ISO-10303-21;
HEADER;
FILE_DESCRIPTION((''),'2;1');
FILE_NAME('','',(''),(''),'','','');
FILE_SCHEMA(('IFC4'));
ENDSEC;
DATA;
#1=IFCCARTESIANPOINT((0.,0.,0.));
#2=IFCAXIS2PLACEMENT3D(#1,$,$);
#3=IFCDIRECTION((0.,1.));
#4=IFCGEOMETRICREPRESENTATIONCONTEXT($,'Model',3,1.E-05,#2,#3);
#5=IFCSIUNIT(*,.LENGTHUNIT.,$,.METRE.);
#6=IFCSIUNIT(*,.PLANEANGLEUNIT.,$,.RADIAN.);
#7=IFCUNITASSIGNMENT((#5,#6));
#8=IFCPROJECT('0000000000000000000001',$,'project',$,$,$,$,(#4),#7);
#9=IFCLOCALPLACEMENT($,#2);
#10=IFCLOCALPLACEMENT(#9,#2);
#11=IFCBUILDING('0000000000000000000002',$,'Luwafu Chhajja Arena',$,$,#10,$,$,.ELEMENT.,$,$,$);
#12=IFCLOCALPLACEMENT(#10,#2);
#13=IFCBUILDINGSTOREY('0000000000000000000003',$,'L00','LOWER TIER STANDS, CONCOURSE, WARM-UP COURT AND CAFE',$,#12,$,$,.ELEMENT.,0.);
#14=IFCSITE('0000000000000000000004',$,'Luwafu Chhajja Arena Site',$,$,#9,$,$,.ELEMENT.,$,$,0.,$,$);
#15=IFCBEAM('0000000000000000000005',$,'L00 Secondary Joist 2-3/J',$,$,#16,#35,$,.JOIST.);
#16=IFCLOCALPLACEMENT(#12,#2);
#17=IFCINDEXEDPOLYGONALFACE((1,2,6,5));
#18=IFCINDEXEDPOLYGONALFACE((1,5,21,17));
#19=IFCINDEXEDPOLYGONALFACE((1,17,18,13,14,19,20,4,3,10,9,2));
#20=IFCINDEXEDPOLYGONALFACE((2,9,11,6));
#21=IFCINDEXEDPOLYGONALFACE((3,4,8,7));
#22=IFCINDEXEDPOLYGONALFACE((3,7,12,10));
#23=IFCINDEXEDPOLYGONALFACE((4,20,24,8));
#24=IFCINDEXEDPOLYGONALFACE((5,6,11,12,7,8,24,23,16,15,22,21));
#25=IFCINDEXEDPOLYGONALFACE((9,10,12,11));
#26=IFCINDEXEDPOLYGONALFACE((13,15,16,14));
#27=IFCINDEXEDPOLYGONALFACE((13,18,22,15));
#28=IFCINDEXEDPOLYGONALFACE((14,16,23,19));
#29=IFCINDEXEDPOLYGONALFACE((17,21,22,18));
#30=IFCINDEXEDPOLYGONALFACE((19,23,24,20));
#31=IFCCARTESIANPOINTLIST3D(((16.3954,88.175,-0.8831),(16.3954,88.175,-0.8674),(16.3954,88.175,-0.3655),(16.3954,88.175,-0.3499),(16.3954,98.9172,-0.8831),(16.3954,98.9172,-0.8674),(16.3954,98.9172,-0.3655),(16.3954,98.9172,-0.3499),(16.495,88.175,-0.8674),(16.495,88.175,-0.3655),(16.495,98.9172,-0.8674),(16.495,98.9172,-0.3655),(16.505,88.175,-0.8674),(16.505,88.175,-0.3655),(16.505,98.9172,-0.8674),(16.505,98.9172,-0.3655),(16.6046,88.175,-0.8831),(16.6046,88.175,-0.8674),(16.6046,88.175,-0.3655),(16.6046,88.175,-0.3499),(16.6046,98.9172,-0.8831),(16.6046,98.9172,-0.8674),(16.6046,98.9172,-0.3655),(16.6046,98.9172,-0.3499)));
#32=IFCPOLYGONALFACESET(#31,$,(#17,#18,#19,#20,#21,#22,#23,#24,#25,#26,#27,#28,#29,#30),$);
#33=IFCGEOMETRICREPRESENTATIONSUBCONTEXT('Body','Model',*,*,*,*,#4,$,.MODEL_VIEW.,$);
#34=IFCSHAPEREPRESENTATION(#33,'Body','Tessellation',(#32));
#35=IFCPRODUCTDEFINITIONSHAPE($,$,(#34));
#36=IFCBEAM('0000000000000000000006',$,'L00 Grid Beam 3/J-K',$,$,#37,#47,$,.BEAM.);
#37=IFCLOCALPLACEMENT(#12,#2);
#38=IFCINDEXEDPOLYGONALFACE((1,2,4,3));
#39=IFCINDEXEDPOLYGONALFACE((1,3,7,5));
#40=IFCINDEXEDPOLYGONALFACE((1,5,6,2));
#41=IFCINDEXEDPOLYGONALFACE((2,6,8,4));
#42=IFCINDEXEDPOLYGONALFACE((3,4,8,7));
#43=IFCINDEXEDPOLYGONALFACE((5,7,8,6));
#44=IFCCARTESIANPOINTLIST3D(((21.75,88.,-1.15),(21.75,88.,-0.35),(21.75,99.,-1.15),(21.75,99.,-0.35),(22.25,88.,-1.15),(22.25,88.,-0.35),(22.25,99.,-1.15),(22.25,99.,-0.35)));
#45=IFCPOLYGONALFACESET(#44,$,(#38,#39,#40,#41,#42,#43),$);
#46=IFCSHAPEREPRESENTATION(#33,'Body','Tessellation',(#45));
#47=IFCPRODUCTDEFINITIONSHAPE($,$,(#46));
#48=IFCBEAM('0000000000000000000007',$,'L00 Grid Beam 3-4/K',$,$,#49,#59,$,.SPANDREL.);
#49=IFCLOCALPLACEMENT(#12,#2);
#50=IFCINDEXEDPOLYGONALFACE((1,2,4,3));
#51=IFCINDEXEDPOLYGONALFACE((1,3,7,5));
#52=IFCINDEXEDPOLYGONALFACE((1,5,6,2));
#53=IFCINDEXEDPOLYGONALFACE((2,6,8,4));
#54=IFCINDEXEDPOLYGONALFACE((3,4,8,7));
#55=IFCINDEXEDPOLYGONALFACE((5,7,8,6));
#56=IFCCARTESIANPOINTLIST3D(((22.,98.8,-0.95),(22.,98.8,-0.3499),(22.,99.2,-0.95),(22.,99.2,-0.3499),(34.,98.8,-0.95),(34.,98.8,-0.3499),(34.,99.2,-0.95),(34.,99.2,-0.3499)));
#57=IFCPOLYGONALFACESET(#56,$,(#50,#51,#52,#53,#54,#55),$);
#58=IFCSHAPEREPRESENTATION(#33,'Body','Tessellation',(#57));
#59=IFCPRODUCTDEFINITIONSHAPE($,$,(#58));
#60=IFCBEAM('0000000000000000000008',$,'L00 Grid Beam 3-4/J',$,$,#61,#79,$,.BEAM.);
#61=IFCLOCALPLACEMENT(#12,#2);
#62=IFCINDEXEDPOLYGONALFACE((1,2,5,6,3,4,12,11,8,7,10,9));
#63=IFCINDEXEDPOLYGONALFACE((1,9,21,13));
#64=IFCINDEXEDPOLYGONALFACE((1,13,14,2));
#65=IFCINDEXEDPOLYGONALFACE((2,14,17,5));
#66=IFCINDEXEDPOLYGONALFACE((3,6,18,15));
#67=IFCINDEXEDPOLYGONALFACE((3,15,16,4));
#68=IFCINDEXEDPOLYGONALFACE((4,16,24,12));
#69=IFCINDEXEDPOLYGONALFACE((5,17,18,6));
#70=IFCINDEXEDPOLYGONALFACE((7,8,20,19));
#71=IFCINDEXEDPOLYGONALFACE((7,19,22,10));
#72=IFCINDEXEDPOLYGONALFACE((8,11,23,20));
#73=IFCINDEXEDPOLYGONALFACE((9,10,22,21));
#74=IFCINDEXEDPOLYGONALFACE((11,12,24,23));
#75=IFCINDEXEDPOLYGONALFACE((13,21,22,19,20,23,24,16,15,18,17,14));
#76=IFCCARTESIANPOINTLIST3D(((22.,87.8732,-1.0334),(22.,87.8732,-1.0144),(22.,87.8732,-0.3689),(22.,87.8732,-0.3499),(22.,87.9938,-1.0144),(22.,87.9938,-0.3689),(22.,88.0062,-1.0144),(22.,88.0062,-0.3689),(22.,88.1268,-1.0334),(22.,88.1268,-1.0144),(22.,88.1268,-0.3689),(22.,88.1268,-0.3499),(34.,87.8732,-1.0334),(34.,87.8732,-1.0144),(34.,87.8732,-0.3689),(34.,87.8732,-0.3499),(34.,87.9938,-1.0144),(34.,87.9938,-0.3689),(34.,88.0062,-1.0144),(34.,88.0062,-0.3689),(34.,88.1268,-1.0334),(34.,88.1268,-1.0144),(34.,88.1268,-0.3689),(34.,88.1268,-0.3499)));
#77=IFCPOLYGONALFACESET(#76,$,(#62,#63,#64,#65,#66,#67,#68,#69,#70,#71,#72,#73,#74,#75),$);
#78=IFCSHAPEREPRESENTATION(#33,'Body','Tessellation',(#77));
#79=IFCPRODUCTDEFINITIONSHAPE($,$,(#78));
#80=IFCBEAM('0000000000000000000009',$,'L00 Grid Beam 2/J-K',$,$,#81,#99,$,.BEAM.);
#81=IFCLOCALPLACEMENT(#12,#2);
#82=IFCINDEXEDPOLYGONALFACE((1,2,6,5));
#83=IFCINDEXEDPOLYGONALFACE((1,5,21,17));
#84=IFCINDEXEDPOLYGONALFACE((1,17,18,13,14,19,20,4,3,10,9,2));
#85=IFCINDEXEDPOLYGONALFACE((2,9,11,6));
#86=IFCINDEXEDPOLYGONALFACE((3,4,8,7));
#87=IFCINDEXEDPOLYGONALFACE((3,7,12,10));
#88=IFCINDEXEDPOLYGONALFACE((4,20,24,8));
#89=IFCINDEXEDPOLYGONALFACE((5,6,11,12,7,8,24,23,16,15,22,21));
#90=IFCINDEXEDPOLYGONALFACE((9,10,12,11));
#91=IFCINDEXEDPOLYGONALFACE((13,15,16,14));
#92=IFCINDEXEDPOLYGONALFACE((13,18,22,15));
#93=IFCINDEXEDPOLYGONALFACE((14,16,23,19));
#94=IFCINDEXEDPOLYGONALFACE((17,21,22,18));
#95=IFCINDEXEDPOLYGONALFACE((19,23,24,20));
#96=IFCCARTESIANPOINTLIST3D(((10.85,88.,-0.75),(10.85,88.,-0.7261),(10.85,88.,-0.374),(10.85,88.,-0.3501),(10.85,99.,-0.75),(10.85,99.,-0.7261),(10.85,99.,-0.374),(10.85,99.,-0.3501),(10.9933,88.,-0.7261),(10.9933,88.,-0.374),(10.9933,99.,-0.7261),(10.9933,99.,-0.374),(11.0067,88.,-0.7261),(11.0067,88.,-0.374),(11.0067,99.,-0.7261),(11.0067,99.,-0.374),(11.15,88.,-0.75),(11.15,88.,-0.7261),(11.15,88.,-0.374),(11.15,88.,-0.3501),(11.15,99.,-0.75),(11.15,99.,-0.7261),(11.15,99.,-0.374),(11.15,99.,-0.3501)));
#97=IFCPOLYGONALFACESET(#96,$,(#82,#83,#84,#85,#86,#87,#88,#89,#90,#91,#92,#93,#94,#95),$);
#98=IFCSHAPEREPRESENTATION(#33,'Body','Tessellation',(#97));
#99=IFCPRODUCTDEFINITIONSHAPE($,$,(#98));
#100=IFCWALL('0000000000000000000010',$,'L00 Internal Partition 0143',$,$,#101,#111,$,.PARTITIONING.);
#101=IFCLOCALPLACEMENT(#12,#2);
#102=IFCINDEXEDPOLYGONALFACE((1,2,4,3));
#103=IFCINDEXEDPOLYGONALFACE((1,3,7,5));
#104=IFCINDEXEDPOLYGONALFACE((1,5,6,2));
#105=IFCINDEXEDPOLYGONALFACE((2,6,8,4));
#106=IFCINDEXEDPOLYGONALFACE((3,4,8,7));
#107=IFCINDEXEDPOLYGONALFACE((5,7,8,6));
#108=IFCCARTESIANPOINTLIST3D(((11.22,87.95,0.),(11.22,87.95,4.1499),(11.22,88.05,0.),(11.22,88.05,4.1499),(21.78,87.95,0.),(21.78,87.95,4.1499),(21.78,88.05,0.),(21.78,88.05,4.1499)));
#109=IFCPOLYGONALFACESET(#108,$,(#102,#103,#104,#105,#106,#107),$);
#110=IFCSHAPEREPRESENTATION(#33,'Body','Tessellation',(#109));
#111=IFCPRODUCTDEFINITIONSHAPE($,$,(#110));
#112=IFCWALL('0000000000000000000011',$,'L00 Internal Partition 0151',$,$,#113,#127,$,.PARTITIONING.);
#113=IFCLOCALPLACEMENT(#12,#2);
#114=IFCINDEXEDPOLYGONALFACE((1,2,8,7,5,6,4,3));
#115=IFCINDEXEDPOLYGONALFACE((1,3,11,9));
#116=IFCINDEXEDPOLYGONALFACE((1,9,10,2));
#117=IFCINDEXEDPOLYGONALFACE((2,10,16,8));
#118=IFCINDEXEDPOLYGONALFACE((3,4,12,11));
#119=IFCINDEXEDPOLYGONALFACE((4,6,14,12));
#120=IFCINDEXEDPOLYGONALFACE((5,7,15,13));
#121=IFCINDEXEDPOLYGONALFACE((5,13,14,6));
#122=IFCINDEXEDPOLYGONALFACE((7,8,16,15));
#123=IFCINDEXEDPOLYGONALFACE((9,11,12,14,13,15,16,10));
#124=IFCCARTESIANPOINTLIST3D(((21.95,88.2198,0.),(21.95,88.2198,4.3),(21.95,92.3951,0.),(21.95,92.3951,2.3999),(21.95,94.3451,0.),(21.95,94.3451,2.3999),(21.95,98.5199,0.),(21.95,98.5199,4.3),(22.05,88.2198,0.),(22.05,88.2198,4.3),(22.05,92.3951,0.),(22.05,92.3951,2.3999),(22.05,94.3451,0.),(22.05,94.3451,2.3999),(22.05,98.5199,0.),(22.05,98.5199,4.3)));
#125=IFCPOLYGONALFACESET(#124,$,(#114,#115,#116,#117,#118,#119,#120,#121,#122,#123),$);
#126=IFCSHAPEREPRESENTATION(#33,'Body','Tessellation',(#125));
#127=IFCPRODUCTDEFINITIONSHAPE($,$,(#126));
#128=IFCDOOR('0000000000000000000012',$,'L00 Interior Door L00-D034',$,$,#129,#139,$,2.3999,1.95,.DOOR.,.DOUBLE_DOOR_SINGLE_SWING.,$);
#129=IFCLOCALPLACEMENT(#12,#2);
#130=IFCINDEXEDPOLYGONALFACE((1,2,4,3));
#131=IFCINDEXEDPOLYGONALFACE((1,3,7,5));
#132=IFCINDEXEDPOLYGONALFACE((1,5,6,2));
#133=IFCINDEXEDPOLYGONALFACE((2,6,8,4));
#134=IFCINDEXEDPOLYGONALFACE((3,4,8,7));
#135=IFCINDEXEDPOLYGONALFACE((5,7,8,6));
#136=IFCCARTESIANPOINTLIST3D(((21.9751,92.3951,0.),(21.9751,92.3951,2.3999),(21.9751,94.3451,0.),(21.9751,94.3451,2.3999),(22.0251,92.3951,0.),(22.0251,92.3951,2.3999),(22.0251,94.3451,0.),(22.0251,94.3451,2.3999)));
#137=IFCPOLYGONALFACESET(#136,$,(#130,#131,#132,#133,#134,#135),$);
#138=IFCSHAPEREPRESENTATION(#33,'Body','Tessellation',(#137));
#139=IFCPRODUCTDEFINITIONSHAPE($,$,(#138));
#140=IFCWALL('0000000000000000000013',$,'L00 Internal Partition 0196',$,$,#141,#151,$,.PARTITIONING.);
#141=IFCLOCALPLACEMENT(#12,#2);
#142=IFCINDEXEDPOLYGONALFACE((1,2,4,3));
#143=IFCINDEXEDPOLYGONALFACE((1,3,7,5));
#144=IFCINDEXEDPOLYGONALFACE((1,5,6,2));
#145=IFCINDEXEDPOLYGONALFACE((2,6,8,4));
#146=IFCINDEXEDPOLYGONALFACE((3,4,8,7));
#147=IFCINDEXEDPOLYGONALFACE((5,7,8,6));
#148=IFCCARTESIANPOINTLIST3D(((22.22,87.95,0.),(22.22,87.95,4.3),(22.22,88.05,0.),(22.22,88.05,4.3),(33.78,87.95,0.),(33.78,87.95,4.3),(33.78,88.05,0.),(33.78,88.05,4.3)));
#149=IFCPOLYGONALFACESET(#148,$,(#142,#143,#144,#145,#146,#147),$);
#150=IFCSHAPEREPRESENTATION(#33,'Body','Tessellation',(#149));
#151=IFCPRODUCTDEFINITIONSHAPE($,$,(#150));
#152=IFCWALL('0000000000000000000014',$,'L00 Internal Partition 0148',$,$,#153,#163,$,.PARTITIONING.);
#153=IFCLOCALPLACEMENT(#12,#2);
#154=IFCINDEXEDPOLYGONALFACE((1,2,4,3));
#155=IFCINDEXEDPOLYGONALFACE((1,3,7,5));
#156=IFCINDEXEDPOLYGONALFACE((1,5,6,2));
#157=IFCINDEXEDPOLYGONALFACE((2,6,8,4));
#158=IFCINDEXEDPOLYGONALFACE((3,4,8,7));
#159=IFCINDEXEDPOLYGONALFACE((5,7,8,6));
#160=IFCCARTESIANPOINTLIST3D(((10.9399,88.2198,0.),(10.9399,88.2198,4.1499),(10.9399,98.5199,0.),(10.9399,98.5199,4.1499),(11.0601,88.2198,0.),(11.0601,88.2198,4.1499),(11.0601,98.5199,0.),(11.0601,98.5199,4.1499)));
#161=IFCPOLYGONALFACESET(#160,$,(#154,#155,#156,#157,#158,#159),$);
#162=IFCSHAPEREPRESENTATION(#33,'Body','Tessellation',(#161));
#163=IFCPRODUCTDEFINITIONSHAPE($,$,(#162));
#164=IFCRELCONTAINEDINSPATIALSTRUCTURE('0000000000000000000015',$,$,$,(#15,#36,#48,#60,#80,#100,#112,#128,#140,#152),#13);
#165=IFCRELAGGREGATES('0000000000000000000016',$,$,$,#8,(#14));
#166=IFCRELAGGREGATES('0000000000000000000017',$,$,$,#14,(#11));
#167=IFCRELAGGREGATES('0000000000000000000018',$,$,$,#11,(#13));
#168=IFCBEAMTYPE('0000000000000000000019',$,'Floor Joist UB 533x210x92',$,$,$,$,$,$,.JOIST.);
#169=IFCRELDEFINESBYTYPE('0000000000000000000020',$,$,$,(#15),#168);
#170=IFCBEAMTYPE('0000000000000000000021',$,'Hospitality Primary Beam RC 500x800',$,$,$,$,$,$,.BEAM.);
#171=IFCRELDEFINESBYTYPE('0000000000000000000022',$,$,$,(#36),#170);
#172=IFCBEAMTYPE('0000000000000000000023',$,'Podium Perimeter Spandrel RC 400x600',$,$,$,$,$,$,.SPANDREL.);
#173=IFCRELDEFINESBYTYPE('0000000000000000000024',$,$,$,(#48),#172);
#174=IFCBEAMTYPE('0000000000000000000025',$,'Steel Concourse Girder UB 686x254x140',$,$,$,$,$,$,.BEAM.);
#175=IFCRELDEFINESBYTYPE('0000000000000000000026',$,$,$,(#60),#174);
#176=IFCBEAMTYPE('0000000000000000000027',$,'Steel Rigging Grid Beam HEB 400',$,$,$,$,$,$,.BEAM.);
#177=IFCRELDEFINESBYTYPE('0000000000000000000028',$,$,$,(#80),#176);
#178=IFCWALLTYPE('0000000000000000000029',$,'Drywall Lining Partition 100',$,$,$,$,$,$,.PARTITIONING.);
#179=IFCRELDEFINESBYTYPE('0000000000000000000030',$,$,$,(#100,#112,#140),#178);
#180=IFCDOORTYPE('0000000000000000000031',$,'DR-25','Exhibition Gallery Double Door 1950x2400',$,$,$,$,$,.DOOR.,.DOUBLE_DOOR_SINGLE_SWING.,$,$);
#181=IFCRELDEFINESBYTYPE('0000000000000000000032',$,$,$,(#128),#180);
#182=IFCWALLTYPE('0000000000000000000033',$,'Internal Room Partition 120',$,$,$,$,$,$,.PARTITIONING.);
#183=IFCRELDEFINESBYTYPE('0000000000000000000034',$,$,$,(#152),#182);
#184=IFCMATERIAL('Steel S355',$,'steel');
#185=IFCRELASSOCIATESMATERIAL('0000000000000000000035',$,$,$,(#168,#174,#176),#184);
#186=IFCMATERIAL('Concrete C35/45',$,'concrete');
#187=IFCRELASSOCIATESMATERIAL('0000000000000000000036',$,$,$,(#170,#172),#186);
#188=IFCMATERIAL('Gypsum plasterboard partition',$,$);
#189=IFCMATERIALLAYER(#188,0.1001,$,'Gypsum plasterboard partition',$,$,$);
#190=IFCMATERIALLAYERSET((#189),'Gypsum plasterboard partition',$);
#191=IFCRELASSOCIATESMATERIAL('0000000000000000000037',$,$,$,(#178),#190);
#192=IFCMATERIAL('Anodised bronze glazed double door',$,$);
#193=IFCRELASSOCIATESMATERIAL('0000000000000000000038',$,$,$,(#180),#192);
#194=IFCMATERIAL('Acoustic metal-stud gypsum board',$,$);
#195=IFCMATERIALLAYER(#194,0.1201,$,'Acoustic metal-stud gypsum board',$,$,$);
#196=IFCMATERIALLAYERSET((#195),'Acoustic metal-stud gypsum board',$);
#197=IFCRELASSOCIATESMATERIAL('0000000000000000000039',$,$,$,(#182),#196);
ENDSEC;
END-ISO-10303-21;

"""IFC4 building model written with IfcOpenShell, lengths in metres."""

from ifc_helpers import new_model, si_unit, direction, frame, frame_2d, origin, origin_2d, place, context, subcontext, project, spatial, rectangle, i_section, extrude, material, layer, layer_set, material_profile, profile_set, type_object, element, fill, save


model = new_model("IFC4")

# Units and contexts
model_context = context("Model", 3, precision=1e-05, world=origin(), true_north=direction((0.0, 1.0)))
body_context = subcontext(model_context, "Body", "Model", "MODEL_VIEW")
ifc_project = project(units=[si_unit("LENGTHUNIT", "METRE"), si_unit("PLANEANGLEUNIT", "RADIAN")], contexts=[model_context])

# Site, building, storey
site_placement = place(None, origin())
site = spatial("IfcSite", under=ifc_project, at=site_placement, Name="Luwafu Chhajja Arena Site", CompositionType="ELEMENT", RefElevation=0.0)
building_placement = place(site_placement, origin())
building = spatial("IfcBuilding", under=site, at=building_placement, Name="Luwafu Chhajja Arena", CompositionType="ELEMENT")
storey_placement = place(building_placement, origin())
storey = spatial("IfcBuildingStorey", under=building, at=storey_placement, Name="L00", Description="LOWER TIER STANDS, CONCOURSE, WARM-UP COURT AND CAFE", CompositionType="ELEMENT", Elevation=0.0)

# Shared definitions
ifc_material_1 = material(Name="Concrete C35/45", Category="concrete")

# Beams
ifc_material_2 = material(Name="Steel S355", Category="steel")
ifc_material_profile_1 = material_profile(ifc_material_2, i_section(OverallWidth=0.2092, OverallDepth=0.5332, WebThickness=0.01, FlangeThickness=0.0156, at=origin_2d()), Name="UB 533x210x92")
ifc_profile_set_1 = profile_set([ifc_material_profile_1], Name="Steel S355")
beam_type_1 = type_object("IfcBeamType", Name="Floor Joist UB 533x210x92", PredefinedType="JOIST", material=ifc_profile_set_1)
beam_1_placement = place(storey_placement, frame((16.5, 88.175, -0.6165), z_axis=(0.0, 1.0, 0.0), x_axis=(-1.0, 0.0, 0.0)))
element("IfcBeam", 1, at=beam_1_placement, inside=storey, type_object=beam_type_1, Name="L00 Secondary Joist 2-3/J", PredefinedType="JOIST", context=body_context, shape_type="SweptSolid", body=[
    extrude(i_section(OverallWidth=0.2092, OverallDepth=0.5332, WebThickness=0.01, FlangeThickness=0.0156, at=origin_2d()), origin(), (0.0, 0.0, 1.0), 10.7422),
])
ifc_material_profile_2 = material_profile(ifc_material_1, rectangle(XDim=0.5, YDim=0.8, at=origin_2d()), Name="RC 500x800")
ifc_profile_set_2 = profile_set([ifc_material_profile_2], Name="Concrete C35/45")
beam_type_2 = type_object("IfcBeamType", Name="Hospitality Primary Beam RC 500x800", PredefinedType="BEAM", material=ifc_profile_set_2)
beam_2_placement = place(storey_placement, frame((22.0, 88.0, -0.75), z_axis=(0.0, 1.0, 0.0), x_axis=(-1.0, 0.0, 0.0)))
element("IfcBeam", 2, at=beam_2_placement, inside=storey, type_object=beam_type_2, Name="L00 Grid Beam 3/J-K", PredefinedType="BEAM", context=body_context, shape_type="SweptSolid", body=[
    extrude(rectangle(XDim=0.5, YDim=0.8, at=origin_2d()), origin(), (0.0, 0.0, 1.0), 11.0),
])
ifc_material_profile_3 = material_profile(ifc_material_1, rectangle(XDim=0.3999, YDim=0.6001, at=origin_2d()), Name="RC 400x600")
ifc_profile_set_3 = profile_set([ifc_material_profile_3], Name="Concrete C35/45")
beam_type_3 = type_object("IfcBeamType", Name="Podium Perimeter Spandrel RC 400x600", PredefinedType="SPANDREL", material=ifc_profile_set_3)
beam_3_placement = place(storey_placement, frame((22.0, 99.0, -0.6499), z_axis=(1.0, 0.0, 0.0), x_axis=(0.0, 1.0, 0.0)))
element("IfcBeam", 3, at=beam_3_placement, inside=storey, type_object=beam_type_3, Name="L00 Grid Beam 3-4/K", PredefinedType="SPANDREL", context=body_context, shape_type="SweptSolid", body=[
    extrude(rectangle(XDim=0.3999, YDim=0.6001, at=origin_2d()), origin(), (0.0, 0.0, 1.0), 12.0),
])
ifc_material_profile_4 = material_profile(ifc_material_2, i_section(OverallWidth=0.2537, OverallDepth=0.6836, WebThickness=0.0125, FlangeThickness=0.019, at=origin_2d()), Name="UB 686x254x140")
ifc_profile_set_4 = profile_set([ifc_material_profile_4], Name="Steel S355")
beam_type_4 = type_object("IfcBeamType", Name="Steel Concourse Girder UB 686x254x140", PredefinedType="BEAM", material=ifc_profile_set_4)
beam_4_placement = place(storey_placement, frame((22.0, 88.0, -0.6917), z_axis=(1.0, 0.0, 0.0), x_axis=(0.0, 1.0, 0.0)))
element("IfcBeam", 4, at=beam_4_placement, inside=storey, type_object=beam_type_4, Name="L00 Grid Beam 3-4/J", PredefinedType="BEAM", context=body_context, shape_type="SweptSolid", body=[
    extrude(i_section(OverallWidth=0.2537, OverallDepth=0.6836, WebThickness=0.0125, FlangeThickness=0.019, at=origin_2d()), origin(), (0.0, 0.0, 1.0), 12.0),
])
ifc_material_profile_5 = material_profile(ifc_material_2, i_section(OverallWidth=0.3, OverallDepth=0.3999, WebThickness=0.0134, FlangeThickness=0.0239, at=origin_2d()), Name="HEB 400")
ifc_profile_set_5 = profile_set([ifc_material_profile_5], Name="Steel S355")
beam_type_5 = type_object("IfcBeamType", Name="Steel Rigging Grid Beam HEB 400", PredefinedType="BEAM", material=ifc_profile_set_5)
beam_5_placement = place(storey_placement, frame((11.0, 88.0, -0.55), z_axis=(0.0, 1.0, 0.0), x_axis=(-1.0, 0.0, 0.0)))
element("IfcBeam", 5, at=beam_5_placement, inside=storey, type_object=beam_type_5, Name="L00 Grid Beam 2/J-K", PredefinedType="BEAM", context=body_context, shape_type="SweptSolid", body=[
    extrude(i_section(OverallWidth=0.3, OverallDepth=0.3999, WebThickness=0.0134, FlangeThickness=0.0239, at=origin_2d()), origin(), (0.0, 0.0, 1.0), 11.0),
])

# Wall
ifc_material_3 = material(Name="Gypsum plasterboard partition")
ifc_layer_1 = layer(ifc_material_3, 0.1001, Name="Gypsum plasterboard partition")
ifc_layer_set_1 = layer_set([ifc_layer_1], Name="Gypsum plasterboard partition")
wall_type_1 = type_object("IfcWallType", Name="Drywall Lining Partition 100", PredefinedType="PARTITIONING", material=ifc_layer_set_1)
wall_1_placement = place(storey_placement, frame((11.22, 88.0, 0.0), z_axis=(0.0, 0.0, 1.0), x_axis=(1.0, 0.0, 0.0)))
element("IfcWall", 6, at=wall_1_placement, inside=storey, type_object=wall_type_1, Name="L00 Internal Partition 0143", PredefinedType="PARTITIONING", context=body_context, shape_type="SweptSolid", body=[
    extrude(rectangle(XDim=10.5601, YDim=0.1001, at=frame_2d((5.28, 0.0))), origin(), (0.0, 0.0, 1.0), 4.1499),
])

# Wall, opening, door
wall_2_placement = place(storey_placement, frame((22.0, 88.22, 0.0), z_axis=(0.0, 0.0, 1.0), x_axis=(0.0, 1.0, 0.0)))
wall_2 = element("IfcWall", 7, at=wall_2_placement, inside=storey, type_object=wall_type_1, Name="L00 Internal Partition 0151", PredefinedType="PARTITIONING", context=body_context, shape_type="SweptSolid", body=[
    extrude(rectangle(XDim=10.3, YDim=0.1001, at=frame_2d((5.1499, 0.0))), origin(), (0.0, 0.0, 1.0), 4.3),
])
opening_1_placement = place(wall_2_placement, frame((4.175, 0.0, 0.0)))
opening_1 = element("IfcOpeningElement", 8, at=opening_1_placement, cuts=wall_2, PredefinedType="OPENING", context=body_context, shape_type="SweptSolid", body=[
    extrude(rectangle(XDim=1.95, YDim=2.3999, at=frame_2d((0.9751, 1.2))), frame((0.0, 0.0601, 0.0), z_axis=(0.0, -1.0, 0.0), x_axis=(1.0, 0.0, 0.0)), (0.0, 0.0, 1.0), 0.1201),
])
ifc_material_4 = material(Name="Anodised bronze glazed double door")
door_type_1 = type_object("IfcDoorType", Name="DR-25", Description="Exhibition Gallery Double Door 1950x2400", OperationType="DOUBLE_DOOR_SINGLE_SWING", PredefinedType="DOOR", material=ifc_material_4)
door_1_placement = place(opening_1_placement, origin())
door_1 = element("IfcDoor", 9, at=door_1_placement, inside=storey, type_object=door_type_1, Name="L00 Interior Door L00-D034", OperationType="DOUBLE_DOOR_SINGLE_SWING", OverallHeight=2.3999, OverallWidth=1.95, PredefinedType="DOOR", context=body_context, shape_type="SweptSolid", body=[
    extrude(rectangle(XDim=1.95, YDim=2.3999, at=frame_2d((0.9751, 1.2))), frame((0.0, 0.0249, 0.0), z_axis=(0.0, -1.0, 0.0), x_axis=(1.0, 0.0, 0.0)), (0.0, 0.0, 1.0), 0.05),
])
fill(opening_1, door_1)

# Walls
wall_3_placement = place(storey_placement, frame((22.22, 88.0, 0.0), z_axis=(0.0, 0.0, 1.0), x_axis=(1.0, 0.0, 0.0)))
element("IfcWall", 10, at=wall_3_placement, inside=storey, type_object=wall_type_1, Name="L00 Internal Partition 0196", PredefinedType="PARTITIONING", context=body_context, shape_type="SweptSolid", body=[
    extrude(rectangle(XDim=11.5601, YDim=0.1001, at=frame_2d((5.78, 0.0))), origin(), (0.0, 0.0, 1.0), 4.3),
])
ifc_material_5 = material(Name="Acoustic metal-stud gypsum board")
ifc_layer_2 = layer(ifc_material_5, 0.1201, Name="Acoustic metal-stud gypsum board")
ifc_layer_set_2 = layer_set([ifc_layer_2], Name="Acoustic metal-stud gypsum board")
wall_type_2 = type_object("IfcWallType", Name="Internal Room Partition 120", PredefinedType="PARTITIONING", material=ifc_layer_set_2)
wall_4_placement = place(storey_placement, frame((11.0, 88.22, 0.0), z_axis=(0.0, 0.0, 1.0), x_axis=(0.0, 1.0, 0.0)))
element("IfcWall", 11, at=wall_4_placement, inside=storey, type_object=wall_type_2, Name="L00 Internal Partition 0148", PredefinedType="PARTITIONING", context=body_context, shape_type="SweptSolid", body=[
    extrude(rectangle(XDim=10.3, YDim=0.1201, at=frame_2d((5.1499, 0.0))), origin(), (0.0, 0.0, 1.0), 4.1499),
])

save(model, "model.ifc")
